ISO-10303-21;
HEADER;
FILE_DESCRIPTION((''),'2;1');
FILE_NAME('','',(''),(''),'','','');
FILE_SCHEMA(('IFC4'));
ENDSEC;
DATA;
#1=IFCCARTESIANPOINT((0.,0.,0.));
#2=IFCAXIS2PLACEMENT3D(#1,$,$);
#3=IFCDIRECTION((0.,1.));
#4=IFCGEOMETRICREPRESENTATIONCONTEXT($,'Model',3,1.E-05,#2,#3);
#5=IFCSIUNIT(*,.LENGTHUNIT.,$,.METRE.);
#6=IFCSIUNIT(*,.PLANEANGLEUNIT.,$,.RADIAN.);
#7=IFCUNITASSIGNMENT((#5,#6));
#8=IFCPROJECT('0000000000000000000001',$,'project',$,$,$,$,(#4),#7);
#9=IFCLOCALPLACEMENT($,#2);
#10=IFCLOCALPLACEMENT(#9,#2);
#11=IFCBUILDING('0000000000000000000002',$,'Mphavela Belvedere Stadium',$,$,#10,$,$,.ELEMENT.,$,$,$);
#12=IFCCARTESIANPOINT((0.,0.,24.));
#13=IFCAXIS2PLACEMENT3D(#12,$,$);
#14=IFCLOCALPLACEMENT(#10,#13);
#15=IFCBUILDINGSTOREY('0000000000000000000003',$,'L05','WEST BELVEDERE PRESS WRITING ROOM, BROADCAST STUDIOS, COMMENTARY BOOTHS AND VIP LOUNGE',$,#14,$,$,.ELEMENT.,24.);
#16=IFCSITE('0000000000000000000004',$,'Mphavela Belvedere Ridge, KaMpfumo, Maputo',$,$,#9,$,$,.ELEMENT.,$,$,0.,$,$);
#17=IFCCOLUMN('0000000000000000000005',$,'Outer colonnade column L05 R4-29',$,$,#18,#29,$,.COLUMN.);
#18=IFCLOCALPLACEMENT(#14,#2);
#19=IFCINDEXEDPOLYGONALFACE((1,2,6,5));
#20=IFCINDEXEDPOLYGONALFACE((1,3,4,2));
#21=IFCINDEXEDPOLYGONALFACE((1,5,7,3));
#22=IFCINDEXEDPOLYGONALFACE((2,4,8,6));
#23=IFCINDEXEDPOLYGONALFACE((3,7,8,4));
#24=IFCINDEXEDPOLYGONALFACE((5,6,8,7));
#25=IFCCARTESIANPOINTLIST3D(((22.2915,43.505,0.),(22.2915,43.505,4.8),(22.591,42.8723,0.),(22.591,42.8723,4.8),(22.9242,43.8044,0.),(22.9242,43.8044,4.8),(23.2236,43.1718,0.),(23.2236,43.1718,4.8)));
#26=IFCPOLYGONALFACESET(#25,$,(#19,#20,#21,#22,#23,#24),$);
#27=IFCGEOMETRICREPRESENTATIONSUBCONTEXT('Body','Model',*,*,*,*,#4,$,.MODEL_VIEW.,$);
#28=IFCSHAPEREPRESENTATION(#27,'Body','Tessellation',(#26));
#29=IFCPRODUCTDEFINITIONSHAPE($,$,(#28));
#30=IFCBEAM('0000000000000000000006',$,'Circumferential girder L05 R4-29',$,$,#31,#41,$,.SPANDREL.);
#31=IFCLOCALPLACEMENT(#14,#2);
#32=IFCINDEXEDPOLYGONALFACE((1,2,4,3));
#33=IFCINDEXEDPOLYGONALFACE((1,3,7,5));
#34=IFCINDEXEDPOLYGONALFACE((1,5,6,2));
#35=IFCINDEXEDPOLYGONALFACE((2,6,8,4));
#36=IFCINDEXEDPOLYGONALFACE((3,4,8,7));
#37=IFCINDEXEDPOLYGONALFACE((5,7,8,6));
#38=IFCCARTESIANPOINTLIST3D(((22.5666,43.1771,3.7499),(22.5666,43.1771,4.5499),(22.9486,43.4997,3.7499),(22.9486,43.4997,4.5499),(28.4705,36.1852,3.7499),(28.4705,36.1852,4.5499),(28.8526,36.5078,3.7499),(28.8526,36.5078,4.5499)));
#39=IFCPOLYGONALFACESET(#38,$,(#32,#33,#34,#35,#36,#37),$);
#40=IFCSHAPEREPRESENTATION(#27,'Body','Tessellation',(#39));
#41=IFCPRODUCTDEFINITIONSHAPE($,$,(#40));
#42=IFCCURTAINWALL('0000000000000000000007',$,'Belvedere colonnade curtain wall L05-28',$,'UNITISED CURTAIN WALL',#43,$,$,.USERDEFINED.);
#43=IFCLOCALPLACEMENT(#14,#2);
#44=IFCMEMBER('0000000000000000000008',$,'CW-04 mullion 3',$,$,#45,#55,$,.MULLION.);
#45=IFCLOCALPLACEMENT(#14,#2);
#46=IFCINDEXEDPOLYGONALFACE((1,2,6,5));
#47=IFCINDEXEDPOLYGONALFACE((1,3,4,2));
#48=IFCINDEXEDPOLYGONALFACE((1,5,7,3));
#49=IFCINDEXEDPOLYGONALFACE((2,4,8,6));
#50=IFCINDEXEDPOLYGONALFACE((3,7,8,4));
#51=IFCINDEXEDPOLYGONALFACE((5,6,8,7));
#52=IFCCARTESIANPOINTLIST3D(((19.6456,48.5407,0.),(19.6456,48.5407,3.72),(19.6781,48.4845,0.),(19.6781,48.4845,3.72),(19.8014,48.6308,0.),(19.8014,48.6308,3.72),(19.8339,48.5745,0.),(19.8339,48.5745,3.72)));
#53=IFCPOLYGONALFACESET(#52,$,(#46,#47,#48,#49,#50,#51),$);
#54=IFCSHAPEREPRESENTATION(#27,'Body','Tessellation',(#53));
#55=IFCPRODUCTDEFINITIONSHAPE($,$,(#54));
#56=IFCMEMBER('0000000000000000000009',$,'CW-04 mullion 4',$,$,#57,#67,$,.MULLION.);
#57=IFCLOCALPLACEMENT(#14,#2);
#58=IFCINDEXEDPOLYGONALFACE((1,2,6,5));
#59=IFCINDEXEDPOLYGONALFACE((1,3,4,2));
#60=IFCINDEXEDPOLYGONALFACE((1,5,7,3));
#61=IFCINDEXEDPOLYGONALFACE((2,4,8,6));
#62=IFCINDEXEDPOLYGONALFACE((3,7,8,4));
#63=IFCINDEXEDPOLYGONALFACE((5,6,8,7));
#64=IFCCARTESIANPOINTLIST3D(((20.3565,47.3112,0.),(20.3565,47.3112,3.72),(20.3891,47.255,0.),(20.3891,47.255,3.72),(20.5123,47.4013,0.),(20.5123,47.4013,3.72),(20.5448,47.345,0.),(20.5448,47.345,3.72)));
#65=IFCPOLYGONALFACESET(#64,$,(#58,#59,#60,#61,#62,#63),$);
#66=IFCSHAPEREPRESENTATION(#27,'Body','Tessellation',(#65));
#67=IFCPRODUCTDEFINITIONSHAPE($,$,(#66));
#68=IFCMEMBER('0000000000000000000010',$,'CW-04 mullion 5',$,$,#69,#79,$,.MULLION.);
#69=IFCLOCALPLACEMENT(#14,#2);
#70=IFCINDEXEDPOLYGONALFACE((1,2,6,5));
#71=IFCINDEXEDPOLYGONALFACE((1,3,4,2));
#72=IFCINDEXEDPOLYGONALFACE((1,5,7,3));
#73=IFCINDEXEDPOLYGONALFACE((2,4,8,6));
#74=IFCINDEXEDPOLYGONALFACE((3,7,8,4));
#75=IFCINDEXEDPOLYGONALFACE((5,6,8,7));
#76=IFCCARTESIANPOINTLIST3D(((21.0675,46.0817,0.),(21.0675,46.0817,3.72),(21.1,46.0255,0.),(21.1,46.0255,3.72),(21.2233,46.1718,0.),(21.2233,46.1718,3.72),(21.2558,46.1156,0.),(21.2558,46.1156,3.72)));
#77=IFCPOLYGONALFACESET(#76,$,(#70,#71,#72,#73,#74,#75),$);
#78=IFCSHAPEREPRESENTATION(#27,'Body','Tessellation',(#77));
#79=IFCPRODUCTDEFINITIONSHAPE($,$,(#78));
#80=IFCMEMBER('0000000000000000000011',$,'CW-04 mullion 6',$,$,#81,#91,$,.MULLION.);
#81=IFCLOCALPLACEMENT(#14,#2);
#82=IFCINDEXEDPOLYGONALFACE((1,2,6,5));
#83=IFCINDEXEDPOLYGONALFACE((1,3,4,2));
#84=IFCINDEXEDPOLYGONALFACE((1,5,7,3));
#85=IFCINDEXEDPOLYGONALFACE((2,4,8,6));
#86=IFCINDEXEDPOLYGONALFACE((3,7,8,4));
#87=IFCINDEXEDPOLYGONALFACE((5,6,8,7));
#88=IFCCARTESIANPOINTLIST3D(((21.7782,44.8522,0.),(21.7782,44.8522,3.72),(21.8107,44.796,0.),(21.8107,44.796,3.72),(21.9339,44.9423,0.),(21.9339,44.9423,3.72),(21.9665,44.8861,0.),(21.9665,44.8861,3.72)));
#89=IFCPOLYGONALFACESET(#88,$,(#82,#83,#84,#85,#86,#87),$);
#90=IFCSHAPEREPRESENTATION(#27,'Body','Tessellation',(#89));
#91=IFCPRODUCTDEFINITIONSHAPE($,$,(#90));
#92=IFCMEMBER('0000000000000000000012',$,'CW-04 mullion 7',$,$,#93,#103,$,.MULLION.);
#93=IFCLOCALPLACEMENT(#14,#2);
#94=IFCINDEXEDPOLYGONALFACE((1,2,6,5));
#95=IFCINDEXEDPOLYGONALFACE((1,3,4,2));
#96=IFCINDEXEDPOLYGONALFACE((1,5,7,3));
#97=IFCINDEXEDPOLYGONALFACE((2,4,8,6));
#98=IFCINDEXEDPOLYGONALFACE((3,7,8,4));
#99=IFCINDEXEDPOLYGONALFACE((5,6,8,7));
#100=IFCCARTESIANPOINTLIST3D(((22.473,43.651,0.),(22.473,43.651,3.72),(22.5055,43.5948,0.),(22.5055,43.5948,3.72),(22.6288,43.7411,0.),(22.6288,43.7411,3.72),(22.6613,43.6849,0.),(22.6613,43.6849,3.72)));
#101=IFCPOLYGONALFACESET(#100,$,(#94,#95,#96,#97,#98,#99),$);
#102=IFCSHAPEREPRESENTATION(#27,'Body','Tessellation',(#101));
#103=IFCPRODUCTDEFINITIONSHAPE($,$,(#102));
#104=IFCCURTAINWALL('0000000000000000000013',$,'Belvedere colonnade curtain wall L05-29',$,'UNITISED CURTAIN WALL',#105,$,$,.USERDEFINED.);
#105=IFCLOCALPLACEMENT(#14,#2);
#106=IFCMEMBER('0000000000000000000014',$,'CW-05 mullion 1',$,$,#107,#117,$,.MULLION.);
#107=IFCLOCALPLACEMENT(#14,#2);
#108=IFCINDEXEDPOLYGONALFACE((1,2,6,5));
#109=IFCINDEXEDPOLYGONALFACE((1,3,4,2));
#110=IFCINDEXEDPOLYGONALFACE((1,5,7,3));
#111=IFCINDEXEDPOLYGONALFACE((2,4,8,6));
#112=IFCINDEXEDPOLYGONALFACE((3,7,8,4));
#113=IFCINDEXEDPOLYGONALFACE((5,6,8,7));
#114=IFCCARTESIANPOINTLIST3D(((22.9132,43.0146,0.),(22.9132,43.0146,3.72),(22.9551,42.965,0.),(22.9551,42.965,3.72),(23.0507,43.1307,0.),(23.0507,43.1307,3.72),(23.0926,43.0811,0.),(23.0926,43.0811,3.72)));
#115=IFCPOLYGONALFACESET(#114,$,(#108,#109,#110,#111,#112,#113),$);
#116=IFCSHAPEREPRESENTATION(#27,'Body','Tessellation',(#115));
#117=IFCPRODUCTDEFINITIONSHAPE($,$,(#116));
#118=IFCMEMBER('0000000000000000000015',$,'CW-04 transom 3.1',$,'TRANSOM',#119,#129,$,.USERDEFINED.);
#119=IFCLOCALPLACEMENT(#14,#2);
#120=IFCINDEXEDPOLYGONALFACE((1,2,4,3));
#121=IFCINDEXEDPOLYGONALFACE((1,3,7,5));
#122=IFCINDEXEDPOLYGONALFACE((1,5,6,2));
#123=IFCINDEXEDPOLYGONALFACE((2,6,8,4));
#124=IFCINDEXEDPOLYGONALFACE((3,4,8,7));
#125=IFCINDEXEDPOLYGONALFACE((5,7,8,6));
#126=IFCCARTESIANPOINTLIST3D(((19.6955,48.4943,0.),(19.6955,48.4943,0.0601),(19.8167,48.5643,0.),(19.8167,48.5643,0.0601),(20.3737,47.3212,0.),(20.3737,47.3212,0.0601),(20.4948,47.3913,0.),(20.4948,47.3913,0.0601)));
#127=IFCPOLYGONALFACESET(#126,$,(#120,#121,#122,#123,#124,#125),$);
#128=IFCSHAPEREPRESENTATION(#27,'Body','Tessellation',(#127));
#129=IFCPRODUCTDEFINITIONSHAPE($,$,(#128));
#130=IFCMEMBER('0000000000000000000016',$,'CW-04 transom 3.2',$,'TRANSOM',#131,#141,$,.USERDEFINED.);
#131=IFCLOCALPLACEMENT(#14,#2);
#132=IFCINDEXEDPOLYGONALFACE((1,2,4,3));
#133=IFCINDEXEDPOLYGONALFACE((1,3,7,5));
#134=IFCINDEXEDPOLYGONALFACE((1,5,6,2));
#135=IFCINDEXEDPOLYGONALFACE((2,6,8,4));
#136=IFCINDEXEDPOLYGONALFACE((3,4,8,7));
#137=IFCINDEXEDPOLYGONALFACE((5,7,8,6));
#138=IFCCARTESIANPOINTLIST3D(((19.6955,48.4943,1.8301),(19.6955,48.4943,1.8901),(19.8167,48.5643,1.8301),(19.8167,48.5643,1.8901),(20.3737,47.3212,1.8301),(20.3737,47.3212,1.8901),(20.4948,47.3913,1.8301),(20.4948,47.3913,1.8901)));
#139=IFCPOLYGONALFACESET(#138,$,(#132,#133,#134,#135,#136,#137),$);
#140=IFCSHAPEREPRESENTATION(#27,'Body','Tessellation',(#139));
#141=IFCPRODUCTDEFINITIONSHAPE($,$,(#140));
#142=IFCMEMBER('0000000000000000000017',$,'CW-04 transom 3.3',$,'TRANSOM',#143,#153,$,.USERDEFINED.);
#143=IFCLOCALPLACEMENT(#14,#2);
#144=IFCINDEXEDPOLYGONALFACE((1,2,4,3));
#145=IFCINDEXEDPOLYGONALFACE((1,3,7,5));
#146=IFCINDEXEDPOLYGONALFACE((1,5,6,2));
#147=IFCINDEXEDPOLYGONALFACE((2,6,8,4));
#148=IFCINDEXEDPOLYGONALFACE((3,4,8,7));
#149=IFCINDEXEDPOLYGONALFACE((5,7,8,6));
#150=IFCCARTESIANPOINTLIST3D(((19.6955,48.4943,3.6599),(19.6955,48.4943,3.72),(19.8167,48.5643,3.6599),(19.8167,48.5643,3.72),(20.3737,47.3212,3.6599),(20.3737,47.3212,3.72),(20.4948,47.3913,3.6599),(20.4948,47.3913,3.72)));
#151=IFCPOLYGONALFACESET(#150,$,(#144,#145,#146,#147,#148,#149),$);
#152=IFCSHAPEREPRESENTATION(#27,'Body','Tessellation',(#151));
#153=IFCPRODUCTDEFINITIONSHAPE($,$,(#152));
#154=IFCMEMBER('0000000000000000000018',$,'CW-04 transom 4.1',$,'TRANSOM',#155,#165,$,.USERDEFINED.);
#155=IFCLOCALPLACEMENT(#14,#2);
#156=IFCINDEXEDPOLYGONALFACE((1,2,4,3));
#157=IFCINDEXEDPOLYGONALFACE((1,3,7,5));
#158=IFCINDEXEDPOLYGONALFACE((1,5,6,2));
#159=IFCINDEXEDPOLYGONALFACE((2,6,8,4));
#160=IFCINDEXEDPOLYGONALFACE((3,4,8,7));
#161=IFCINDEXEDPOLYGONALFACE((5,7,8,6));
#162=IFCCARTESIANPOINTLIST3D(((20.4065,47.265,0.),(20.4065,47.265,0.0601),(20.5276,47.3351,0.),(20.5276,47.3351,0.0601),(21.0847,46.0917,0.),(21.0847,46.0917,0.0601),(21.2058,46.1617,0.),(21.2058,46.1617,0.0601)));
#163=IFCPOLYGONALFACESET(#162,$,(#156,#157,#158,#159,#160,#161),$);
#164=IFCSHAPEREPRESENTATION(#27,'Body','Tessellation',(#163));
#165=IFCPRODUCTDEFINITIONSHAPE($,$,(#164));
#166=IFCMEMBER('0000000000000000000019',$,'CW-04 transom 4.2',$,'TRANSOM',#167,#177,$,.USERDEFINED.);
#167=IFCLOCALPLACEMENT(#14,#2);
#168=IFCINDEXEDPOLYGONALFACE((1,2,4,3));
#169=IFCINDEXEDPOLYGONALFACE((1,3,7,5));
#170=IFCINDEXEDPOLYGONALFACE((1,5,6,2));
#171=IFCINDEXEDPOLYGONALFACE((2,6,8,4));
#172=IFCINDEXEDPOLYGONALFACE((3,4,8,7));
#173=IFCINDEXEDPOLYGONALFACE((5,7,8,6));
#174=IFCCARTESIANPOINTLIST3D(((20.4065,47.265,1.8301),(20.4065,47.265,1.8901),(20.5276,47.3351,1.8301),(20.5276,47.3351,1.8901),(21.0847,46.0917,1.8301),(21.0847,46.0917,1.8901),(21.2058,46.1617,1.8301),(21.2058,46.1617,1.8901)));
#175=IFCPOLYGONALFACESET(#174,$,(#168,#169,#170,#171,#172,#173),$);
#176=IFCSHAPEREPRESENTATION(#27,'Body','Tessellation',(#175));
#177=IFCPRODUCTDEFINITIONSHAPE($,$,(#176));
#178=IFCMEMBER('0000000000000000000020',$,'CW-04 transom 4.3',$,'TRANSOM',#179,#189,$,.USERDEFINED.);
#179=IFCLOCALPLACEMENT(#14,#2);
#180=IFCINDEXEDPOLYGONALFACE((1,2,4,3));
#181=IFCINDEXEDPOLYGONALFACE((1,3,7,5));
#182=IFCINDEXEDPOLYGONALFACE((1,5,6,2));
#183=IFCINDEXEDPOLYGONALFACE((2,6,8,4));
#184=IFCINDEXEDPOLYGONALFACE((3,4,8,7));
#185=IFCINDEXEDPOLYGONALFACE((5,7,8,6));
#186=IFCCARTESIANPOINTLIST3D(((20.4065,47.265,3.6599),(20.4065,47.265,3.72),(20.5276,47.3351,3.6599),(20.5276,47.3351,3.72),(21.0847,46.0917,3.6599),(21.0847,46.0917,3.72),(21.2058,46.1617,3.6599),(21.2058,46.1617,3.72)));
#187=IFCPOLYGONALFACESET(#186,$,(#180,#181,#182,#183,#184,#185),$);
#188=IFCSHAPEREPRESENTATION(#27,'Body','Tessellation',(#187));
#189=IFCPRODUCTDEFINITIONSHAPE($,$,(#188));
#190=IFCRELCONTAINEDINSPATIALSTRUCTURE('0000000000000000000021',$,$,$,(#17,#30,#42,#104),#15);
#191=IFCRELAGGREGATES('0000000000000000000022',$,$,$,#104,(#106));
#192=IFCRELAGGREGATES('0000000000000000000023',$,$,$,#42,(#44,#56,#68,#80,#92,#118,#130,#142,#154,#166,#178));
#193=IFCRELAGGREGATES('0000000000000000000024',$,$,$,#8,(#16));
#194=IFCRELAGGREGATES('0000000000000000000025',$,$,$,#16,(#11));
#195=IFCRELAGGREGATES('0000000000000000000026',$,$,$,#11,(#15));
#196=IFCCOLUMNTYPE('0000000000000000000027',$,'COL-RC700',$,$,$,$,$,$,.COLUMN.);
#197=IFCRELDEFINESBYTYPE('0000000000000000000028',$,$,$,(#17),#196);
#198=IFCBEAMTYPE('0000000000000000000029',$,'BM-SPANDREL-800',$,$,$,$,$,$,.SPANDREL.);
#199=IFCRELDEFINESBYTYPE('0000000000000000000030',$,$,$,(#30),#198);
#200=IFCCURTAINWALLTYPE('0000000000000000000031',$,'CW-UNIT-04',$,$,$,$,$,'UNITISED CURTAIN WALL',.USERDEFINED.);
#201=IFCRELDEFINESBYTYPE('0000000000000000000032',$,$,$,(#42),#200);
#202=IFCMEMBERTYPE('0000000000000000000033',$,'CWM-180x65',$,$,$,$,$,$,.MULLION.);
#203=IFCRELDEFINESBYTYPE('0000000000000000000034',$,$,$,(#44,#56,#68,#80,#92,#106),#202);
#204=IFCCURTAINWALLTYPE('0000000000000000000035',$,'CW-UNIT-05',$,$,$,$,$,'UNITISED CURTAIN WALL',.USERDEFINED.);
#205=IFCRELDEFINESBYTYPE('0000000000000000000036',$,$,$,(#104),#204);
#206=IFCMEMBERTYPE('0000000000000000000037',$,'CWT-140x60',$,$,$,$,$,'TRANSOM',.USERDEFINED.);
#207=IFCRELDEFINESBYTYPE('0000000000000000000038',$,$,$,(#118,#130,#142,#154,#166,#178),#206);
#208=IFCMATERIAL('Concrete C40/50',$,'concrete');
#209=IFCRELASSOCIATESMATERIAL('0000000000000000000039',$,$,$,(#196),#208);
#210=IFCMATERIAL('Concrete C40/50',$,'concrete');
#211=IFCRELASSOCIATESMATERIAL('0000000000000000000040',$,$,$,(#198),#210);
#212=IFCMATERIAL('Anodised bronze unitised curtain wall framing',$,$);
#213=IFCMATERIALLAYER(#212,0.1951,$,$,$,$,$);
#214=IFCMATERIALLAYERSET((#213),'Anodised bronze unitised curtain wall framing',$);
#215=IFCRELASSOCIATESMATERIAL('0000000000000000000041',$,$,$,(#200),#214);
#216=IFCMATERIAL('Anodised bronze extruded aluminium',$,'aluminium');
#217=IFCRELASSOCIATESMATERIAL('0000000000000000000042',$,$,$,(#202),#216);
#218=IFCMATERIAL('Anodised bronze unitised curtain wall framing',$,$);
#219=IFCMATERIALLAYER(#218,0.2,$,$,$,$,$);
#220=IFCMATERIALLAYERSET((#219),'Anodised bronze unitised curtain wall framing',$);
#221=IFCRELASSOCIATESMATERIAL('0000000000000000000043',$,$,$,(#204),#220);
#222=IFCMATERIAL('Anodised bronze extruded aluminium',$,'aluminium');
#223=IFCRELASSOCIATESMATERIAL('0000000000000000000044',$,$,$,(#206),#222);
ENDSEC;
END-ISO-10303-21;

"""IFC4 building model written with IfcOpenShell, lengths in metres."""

from ifc_helpers import new_model, si_unit, direction, frame, origin, origin_2d, place, context, subcontext, project, spatial, rectangle, extrude, material, layer, layer_set, material_profile, profile_set, type_object, element, aggregate, save


model = new_model("IFC4")

# Units and contexts
model_context = context("Model", 3, precision=1e-05, world=origin(), true_north=direction((0.0, 1.0)))
body_context = subcontext(model_context, "Body", "Model", "MODEL_VIEW")
ifc_project = project(units=[si_unit("LENGTHUNIT", "METRE"), si_unit("PLANEANGLEUNIT", "RADIAN")], contexts=[model_context])

# Site, building, storey
site_placement = place(None, origin())
site = spatial("IfcSite", under=ifc_project, at=site_placement, Name="Mphavela Belvedere Ridge, KaMpfumo, Maputo", CompositionType="ELEMENT", RefElevation=0.0)
building_placement = place(site_placement, origin())
building = spatial("IfcBuilding", under=site, at=building_placement, Name="Mphavela Belvedere Stadium", CompositionType="ELEMENT")
storey_placement = place(building_placement, frame((0.0, 0.0, 24.0)))
storey = spatial("IfcBuildingStorey", under=building, at=storey_placement, Name="L05", Description="WEST BELVEDERE PRESS WRITING ROOM, BROADCAST STUDIOS, COMMENTARY BOOTHS AND VIP LOUNGE", CompositionType="ELEMENT", Elevation=24.0)

# Column
ifc_material_1 = material(Name="Concrete C40/50", Category="concrete")
ifc_material_profile_1 = material_profile(ifc_material_1, rectangle(XDim=0.7, YDim=0.7, at=origin_2d()), Name="RC 700x700")
ifc_profile_set_1 = profile_set([ifc_material_profile_1], Name="Concrete C40/50")
column_type = type_object("IfcColumnType", Name="COL-RC700", PredefinedType="COLUMN", material=ifc_profile_set_1)
column_placement = place(storey_placement, frame((22.7576, 43.3384, 0.0), z_axis=(0.0, 0.0, 1.0), x_axis=(-0.903859, -0.427831, 0.0)))
element("IfcColumn", 1, at=column_placement, inside=storey, type_object=column_type, Name="Outer colonnade column L05 R4-29", PredefinedType="COLUMN", context=body_context, shape_type="SweptSolid", body=[
    extrude(rectangle(XDim=0.7, YDim=0.7, at=origin_2d()), origin(), (0.0, 0.0, 1.0), 4.8),
])

# Beam
ifc_material_2 = material(Name="Concrete C40/50", Category="concrete")
ifc_material_profile_2 = material_profile(ifc_material_2, rectangle(XDim=0.5, YDim=0.8, at=origin_2d()), Name="RC 500x800")
ifc_profile_set_2 = profile_set([ifc_material_profile_2], Name="Concrete C40/50")
beam_type = type_object("IfcBeamType", Name="BM-SPANDREL-800", PredefinedType="SPANDREL", material=ifc_profile_set_2)
beam_placement = place(storey_placement, frame((22.7576, 43.3384, 4.1499), z_axis=(0.645165, -0.764044, 0.0), x_axis=(0.764044, 0.645165, 0.0)))
element("IfcBeam", 2, at=beam_placement, inside=storey, type_object=beam_type, Name="Circumferential girder L05 R4-29", PredefinedType="SPANDREL", context=body_context, shape_type="SweptSolid", body=[
    extrude(rectangle(XDim=0.5, YDim=0.8, at=origin_2d()), origin(), (0.0, 0.0, 1.0), 9.1511),
])

# Curtain wall, members
ifc_material_3 = material(Name="Anodised bronze unitised curtain wall framing")
ifc_layer_1 = layer(ifc_material_3, 0.1951)
ifc_layer_set_1 = layer_set([ifc_layer_1], Name="Anodised bronze unitised curtain wall framing")
curtain_wall_type_1 = type_object("IfcCurtainWallType", Name="CW-UNIT-04", ElementType="UNITISED CURTAIN WALL", PredefinedType="USERDEFINED", material=ifc_layer_set_1)
curtain_wall_1_placement = place(storey_placement, origin())
curtain_wall_1 = element("IfcCurtainWall", 3, at=curtain_wall_1_placement, inside=storey, type_object=curtain_wall_type_1, Name="Belvedere colonnade curtain wall L05-28", ObjectType="UNITISED CURTAIN WALL", PredefinedType="USERDEFINED")
ifc_material_4 = material(Name="Anodised bronze extruded aluminium", Category="aluminium")
ifc_material_profile_3 = material_profile(ifc_material_4, rectangle(XDim=0.1799, YDim=0.0649, at=origin_2d()), Name="CW-MUL 180x65")
ifc_profile_set_3 = profile_set([ifc_material_profile_3], Name="Anodised bronze extruded aluminium")
member_type_1 = type_object("IfcMemberType", Name="CWM-180x65", PredefinedType="MULLION", material=ifc_profile_set_3)
member_1_placement = place(storey_placement, frame((19.7397, 48.5576, 0.0), z_axis=(0.0, 0.0, 1.0), x_axis=(0.865704, 0.500556, 0.0)))
member_1 = element("IfcMember", 4, at=member_1_placement, type_object=member_type_1, Name="CW-04 mullion 3", PredefinedType="MULLION", context=body_context, shape_type="SweptSolid", body=[
    extrude(rectangle(XDim=0.1799, YDim=0.0649, at=origin_2d()), origin(), (0.0, 0.0, 1.0), 3.72),
])
member_2_placement = place(storey_placement, frame((20.4507, 47.3281, 0.0), z_axis=(0.0, 0.0, 1.0), x_axis=(0.865704, 0.500556, 0.0)))
member_2 = element("IfcMember", 5, at=member_2_placement, type_object=member_type_1, Name="CW-04 mullion 4", PredefinedType="MULLION", context=body_context, shape_type="SweptSolid", body=[
    extrude(rectangle(XDim=0.1799, YDim=0.0649, at=origin_2d()), origin(), (0.0, 0.0, 1.0), 3.72),
])
member_3_placement = place(storey_placement, frame((21.1616, 46.0986, 0.0), z_axis=(0.0, 0.0, 1.0), x_axis=(0.865704, 0.500556, 0.0)))
member_3 = element("IfcMember", 6, at=member_3_placement, type_object=member_type_1, Name="CW-04 mullion 5", PredefinedType="MULLION", context=body_context, shape_type="SweptSolid", body=[
    extrude(rectangle(XDim=0.1799, YDim=0.0649, at=origin_2d()), origin(), (0.0, 0.0, 1.0), 3.72),
])
member_4_placement = place(storey_placement, frame((21.8723, 44.8691, 0.0), z_axis=(0.0, 0.0, 1.0), x_axis=(0.865704, 0.500556, 0.0)))
member_4 = element("IfcMember", 7, at=member_4_placement, type_object=member_type_1, Name="CW-04 mullion 6", PredefinedType="MULLION", context=body_context, shape_type="SweptSolid", body=[
    extrude(rectangle(XDim=0.1799, YDim=0.0649, at=origin_2d()), origin(), (0.0, 0.0, 1.0), 3.72),
])
member_5_placement = place(storey_placement, frame((22.5671, 43.668, 0.0), z_axis=(0.0, 0.0, 1.0), x_axis=(0.865704, 0.500556, 0.0)))
member_5 = element("IfcMember", 8, at=member_5_placement, type_object=member_type_1, Name="CW-04 mullion 7", PredefinedType="MULLION", context=body_context, shape_type="SweptSolid", body=[
    extrude(rectangle(XDim=0.1799, YDim=0.0649, at=origin_2d()), origin(), (0.0, 0.0, 1.0), 3.72),
])

# Curtain wall, member
ifc_material_5 = material(Name="Anodised bronze unitised curtain wall framing")
ifc_layer_2 = layer(ifc_material_5, 0.2)
ifc_layer_set_2 = layer_set([ifc_layer_2], Name="Anodised bronze unitised curtain wall framing")
curtain_wall_type_2 = type_object("IfcCurtainWallType", Name="CW-UNIT-05", ElementType="UNITISED CURTAIN WALL", PredefinedType="USERDEFINED", material=ifc_layer_set_2)
curtain_wall_2_placement = place(storey_placement, origin())
curtain_wall_2 = element("IfcCurtainWall", 9, at=curtain_wall_2_placement, inside=storey, type_object=curtain_wall_type_2, Name="Belvedere colonnade curtain wall L05-29", ObjectType="UNITISED CURTAIN WALL", PredefinedType="USERDEFINED")
member_6_placement = place(storey_placement, frame((23.0029, 43.0479, 0.0), z_axis=(0.0, 0.0, 1.0), x_axis=(0.764035, 0.645175, 0.0)))
member_6 = element("IfcMember", 10, at=member_6_placement, type_object=member_type_1, Name="CW-05 mullion 1", PredefinedType="MULLION", context=body_context, shape_type="SweptSolid", body=[
    extrude(rectangle(XDim=0.1799, YDim=0.0649, at=origin_2d()), origin(), (0.0, 0.0, 1.0), 3.72),
])

# Members
ifc_material_6 = material(Name="Anodised bronze extruded aluminium", Category="aluminium")
ifc_material_profile_4 = material_profile(ifc_material_6, rectangle(XDim=0.1399, YDim=0.0601, at=origin_2d()), Name="CW-TRN 140x60")
ifc_profile_set_4 = profile_set([ifc_material_profile_4], Name="Anodised bronze extruded aluminium")
member_type_2 = type_object("IfcMemberType", Name="CWT-140x60", ElementType="TRANSOM", PredefinedType="USERDEFINED", material=ifc_profile_set_4)
member_7_placement = place(storey_placement, frame((19.7561, 48.5293, 0.03), z_axis=(0.500518, -0.865726, 0.0), x_axis=(0.865726, 0.500518, 0.0)))
member_7 = element("IfcMember", 11, at=member_7_placement, type_object=member_type_2, Name="CW-04 transom 3.1", ObjectType="TRANSOM", PredefinedType="USERDEFINED", context=body_context, shape_type="SweptSolid", body=[
    extrude(rectangle(XDim=0.1399, YDim=0.0601, at=origin_2d()), origin(), (0.0, 0.0, 1.0), 1.355),
])
member_8_placement = place(storey_placement, frame((19.7561, 48.5293, 1.8601), z_axis=(0.500518, -0.865726, 0.0), x_axis=(0.865726, 0.500518, 0.0)))
member_8 = element("IfcMember", 12, at=member_8_placement, type_object=member_type_2, Name="CW-04 transom 3.2", ObjectType="TRANSOM", PredefinedType="USERDEFINED", context=body_context, shape_type="SweptSolid", body=[
    extrude(rectangle(XDim=0.1399, YDim=0.0601, at=origin_2d()), origin(), (0.0, 0.0, 1.0), 1.355),
])
member_9_placement = place(storey_placement, frame((19.7561, 48.5293, 3.6899), z_axis=(0.500518, -0.865726, 0.0), x_axis=(0.865726, 0.500518, 0.0)))
member_9 = element("IfcMember", 13, at=member_9_placement, type_object=member_type_2, Name="CW-04 transom 3.3", ObjectType="TRANSOM", PredefinedType="USERDEFINED", context=body_context, shape_type="SweptSolid", body=[
    extrude(rectangle(XDim=0.1399, YDim=0.0601, at=origin_2d()), origin(), (0.0, 0.0, 1.0), 1.355),
])
member_10_placement = place(storey_placement, frame((20.467, 47.3, 0.03), z_axis=(0.50044, -0.865771, 0.0), x_axis=(0.865771, 0.50044, 0.0)))
member_10 = element("IfcMember", 14, at=member_10_placement, type_object=member_type_2, Name="CW-04 transom 4.1", ObjectType="TRANSOM", PredefinedType="USERDEFINED", context=body_context, shape_type="SweptSolid", body=[
    extrude(rectangle(XDim=0.1399, YDim=0.0601, at=origin_2d()), origin(), (0.0, 0.0, 1.0), 1.3552),
])
member_11_placement = place(storey_placement, frame((20.467, 47.3, 1.8601), z_axis=(0.50044, -0.865771, 0.0), x_axis=(0.865771, 0.50044, 0.0)))
member_11 = element("IfcMember", 15, at=member_11_placement, type_object=member_type_2, Name="CW-04 transom 4.2", ObjectType="TRANSOM", PredefinedType="USERDEFINED", context=body_context, shape_type="SweptSolid", body=[
    extrude(rectangle(XDim=0.1399, YDim=0.0601, at=origin_2d()), origin(), (0.0, 0.0, 1.0), 1.3552),
])
member_12_placement = place(storey_placement, frame((20.467, 47.3, 3.6899), z_axis=(0.50044, -0.865771, 0.0), x_axis=(0.865771, 0.50044, 0.0)))
member_12 = element("IfcMember", 16, at=member_12_placement, type_object=member_type_2, Name="CW-04 transom 4.3", ObjectType="TRANSOM", PredefinedType="USERDEFINED", context=body_context, shape_type="SweptSolid", body=[
    extrude(rectangle(XDim=0.1399, YDim=0.0601, at=origin_2d()), origin(), (0.0, 0.0, 1.0), 1.3552),
])
aggregate(curtain_wall_2, [member_6])

aggregate(curtain_wall_1, [member_1, member_2, member_3, member_4, member_5, member_7, member_8, member_9, member_10, member_11, member_12])

save(model, "model.ifc")
